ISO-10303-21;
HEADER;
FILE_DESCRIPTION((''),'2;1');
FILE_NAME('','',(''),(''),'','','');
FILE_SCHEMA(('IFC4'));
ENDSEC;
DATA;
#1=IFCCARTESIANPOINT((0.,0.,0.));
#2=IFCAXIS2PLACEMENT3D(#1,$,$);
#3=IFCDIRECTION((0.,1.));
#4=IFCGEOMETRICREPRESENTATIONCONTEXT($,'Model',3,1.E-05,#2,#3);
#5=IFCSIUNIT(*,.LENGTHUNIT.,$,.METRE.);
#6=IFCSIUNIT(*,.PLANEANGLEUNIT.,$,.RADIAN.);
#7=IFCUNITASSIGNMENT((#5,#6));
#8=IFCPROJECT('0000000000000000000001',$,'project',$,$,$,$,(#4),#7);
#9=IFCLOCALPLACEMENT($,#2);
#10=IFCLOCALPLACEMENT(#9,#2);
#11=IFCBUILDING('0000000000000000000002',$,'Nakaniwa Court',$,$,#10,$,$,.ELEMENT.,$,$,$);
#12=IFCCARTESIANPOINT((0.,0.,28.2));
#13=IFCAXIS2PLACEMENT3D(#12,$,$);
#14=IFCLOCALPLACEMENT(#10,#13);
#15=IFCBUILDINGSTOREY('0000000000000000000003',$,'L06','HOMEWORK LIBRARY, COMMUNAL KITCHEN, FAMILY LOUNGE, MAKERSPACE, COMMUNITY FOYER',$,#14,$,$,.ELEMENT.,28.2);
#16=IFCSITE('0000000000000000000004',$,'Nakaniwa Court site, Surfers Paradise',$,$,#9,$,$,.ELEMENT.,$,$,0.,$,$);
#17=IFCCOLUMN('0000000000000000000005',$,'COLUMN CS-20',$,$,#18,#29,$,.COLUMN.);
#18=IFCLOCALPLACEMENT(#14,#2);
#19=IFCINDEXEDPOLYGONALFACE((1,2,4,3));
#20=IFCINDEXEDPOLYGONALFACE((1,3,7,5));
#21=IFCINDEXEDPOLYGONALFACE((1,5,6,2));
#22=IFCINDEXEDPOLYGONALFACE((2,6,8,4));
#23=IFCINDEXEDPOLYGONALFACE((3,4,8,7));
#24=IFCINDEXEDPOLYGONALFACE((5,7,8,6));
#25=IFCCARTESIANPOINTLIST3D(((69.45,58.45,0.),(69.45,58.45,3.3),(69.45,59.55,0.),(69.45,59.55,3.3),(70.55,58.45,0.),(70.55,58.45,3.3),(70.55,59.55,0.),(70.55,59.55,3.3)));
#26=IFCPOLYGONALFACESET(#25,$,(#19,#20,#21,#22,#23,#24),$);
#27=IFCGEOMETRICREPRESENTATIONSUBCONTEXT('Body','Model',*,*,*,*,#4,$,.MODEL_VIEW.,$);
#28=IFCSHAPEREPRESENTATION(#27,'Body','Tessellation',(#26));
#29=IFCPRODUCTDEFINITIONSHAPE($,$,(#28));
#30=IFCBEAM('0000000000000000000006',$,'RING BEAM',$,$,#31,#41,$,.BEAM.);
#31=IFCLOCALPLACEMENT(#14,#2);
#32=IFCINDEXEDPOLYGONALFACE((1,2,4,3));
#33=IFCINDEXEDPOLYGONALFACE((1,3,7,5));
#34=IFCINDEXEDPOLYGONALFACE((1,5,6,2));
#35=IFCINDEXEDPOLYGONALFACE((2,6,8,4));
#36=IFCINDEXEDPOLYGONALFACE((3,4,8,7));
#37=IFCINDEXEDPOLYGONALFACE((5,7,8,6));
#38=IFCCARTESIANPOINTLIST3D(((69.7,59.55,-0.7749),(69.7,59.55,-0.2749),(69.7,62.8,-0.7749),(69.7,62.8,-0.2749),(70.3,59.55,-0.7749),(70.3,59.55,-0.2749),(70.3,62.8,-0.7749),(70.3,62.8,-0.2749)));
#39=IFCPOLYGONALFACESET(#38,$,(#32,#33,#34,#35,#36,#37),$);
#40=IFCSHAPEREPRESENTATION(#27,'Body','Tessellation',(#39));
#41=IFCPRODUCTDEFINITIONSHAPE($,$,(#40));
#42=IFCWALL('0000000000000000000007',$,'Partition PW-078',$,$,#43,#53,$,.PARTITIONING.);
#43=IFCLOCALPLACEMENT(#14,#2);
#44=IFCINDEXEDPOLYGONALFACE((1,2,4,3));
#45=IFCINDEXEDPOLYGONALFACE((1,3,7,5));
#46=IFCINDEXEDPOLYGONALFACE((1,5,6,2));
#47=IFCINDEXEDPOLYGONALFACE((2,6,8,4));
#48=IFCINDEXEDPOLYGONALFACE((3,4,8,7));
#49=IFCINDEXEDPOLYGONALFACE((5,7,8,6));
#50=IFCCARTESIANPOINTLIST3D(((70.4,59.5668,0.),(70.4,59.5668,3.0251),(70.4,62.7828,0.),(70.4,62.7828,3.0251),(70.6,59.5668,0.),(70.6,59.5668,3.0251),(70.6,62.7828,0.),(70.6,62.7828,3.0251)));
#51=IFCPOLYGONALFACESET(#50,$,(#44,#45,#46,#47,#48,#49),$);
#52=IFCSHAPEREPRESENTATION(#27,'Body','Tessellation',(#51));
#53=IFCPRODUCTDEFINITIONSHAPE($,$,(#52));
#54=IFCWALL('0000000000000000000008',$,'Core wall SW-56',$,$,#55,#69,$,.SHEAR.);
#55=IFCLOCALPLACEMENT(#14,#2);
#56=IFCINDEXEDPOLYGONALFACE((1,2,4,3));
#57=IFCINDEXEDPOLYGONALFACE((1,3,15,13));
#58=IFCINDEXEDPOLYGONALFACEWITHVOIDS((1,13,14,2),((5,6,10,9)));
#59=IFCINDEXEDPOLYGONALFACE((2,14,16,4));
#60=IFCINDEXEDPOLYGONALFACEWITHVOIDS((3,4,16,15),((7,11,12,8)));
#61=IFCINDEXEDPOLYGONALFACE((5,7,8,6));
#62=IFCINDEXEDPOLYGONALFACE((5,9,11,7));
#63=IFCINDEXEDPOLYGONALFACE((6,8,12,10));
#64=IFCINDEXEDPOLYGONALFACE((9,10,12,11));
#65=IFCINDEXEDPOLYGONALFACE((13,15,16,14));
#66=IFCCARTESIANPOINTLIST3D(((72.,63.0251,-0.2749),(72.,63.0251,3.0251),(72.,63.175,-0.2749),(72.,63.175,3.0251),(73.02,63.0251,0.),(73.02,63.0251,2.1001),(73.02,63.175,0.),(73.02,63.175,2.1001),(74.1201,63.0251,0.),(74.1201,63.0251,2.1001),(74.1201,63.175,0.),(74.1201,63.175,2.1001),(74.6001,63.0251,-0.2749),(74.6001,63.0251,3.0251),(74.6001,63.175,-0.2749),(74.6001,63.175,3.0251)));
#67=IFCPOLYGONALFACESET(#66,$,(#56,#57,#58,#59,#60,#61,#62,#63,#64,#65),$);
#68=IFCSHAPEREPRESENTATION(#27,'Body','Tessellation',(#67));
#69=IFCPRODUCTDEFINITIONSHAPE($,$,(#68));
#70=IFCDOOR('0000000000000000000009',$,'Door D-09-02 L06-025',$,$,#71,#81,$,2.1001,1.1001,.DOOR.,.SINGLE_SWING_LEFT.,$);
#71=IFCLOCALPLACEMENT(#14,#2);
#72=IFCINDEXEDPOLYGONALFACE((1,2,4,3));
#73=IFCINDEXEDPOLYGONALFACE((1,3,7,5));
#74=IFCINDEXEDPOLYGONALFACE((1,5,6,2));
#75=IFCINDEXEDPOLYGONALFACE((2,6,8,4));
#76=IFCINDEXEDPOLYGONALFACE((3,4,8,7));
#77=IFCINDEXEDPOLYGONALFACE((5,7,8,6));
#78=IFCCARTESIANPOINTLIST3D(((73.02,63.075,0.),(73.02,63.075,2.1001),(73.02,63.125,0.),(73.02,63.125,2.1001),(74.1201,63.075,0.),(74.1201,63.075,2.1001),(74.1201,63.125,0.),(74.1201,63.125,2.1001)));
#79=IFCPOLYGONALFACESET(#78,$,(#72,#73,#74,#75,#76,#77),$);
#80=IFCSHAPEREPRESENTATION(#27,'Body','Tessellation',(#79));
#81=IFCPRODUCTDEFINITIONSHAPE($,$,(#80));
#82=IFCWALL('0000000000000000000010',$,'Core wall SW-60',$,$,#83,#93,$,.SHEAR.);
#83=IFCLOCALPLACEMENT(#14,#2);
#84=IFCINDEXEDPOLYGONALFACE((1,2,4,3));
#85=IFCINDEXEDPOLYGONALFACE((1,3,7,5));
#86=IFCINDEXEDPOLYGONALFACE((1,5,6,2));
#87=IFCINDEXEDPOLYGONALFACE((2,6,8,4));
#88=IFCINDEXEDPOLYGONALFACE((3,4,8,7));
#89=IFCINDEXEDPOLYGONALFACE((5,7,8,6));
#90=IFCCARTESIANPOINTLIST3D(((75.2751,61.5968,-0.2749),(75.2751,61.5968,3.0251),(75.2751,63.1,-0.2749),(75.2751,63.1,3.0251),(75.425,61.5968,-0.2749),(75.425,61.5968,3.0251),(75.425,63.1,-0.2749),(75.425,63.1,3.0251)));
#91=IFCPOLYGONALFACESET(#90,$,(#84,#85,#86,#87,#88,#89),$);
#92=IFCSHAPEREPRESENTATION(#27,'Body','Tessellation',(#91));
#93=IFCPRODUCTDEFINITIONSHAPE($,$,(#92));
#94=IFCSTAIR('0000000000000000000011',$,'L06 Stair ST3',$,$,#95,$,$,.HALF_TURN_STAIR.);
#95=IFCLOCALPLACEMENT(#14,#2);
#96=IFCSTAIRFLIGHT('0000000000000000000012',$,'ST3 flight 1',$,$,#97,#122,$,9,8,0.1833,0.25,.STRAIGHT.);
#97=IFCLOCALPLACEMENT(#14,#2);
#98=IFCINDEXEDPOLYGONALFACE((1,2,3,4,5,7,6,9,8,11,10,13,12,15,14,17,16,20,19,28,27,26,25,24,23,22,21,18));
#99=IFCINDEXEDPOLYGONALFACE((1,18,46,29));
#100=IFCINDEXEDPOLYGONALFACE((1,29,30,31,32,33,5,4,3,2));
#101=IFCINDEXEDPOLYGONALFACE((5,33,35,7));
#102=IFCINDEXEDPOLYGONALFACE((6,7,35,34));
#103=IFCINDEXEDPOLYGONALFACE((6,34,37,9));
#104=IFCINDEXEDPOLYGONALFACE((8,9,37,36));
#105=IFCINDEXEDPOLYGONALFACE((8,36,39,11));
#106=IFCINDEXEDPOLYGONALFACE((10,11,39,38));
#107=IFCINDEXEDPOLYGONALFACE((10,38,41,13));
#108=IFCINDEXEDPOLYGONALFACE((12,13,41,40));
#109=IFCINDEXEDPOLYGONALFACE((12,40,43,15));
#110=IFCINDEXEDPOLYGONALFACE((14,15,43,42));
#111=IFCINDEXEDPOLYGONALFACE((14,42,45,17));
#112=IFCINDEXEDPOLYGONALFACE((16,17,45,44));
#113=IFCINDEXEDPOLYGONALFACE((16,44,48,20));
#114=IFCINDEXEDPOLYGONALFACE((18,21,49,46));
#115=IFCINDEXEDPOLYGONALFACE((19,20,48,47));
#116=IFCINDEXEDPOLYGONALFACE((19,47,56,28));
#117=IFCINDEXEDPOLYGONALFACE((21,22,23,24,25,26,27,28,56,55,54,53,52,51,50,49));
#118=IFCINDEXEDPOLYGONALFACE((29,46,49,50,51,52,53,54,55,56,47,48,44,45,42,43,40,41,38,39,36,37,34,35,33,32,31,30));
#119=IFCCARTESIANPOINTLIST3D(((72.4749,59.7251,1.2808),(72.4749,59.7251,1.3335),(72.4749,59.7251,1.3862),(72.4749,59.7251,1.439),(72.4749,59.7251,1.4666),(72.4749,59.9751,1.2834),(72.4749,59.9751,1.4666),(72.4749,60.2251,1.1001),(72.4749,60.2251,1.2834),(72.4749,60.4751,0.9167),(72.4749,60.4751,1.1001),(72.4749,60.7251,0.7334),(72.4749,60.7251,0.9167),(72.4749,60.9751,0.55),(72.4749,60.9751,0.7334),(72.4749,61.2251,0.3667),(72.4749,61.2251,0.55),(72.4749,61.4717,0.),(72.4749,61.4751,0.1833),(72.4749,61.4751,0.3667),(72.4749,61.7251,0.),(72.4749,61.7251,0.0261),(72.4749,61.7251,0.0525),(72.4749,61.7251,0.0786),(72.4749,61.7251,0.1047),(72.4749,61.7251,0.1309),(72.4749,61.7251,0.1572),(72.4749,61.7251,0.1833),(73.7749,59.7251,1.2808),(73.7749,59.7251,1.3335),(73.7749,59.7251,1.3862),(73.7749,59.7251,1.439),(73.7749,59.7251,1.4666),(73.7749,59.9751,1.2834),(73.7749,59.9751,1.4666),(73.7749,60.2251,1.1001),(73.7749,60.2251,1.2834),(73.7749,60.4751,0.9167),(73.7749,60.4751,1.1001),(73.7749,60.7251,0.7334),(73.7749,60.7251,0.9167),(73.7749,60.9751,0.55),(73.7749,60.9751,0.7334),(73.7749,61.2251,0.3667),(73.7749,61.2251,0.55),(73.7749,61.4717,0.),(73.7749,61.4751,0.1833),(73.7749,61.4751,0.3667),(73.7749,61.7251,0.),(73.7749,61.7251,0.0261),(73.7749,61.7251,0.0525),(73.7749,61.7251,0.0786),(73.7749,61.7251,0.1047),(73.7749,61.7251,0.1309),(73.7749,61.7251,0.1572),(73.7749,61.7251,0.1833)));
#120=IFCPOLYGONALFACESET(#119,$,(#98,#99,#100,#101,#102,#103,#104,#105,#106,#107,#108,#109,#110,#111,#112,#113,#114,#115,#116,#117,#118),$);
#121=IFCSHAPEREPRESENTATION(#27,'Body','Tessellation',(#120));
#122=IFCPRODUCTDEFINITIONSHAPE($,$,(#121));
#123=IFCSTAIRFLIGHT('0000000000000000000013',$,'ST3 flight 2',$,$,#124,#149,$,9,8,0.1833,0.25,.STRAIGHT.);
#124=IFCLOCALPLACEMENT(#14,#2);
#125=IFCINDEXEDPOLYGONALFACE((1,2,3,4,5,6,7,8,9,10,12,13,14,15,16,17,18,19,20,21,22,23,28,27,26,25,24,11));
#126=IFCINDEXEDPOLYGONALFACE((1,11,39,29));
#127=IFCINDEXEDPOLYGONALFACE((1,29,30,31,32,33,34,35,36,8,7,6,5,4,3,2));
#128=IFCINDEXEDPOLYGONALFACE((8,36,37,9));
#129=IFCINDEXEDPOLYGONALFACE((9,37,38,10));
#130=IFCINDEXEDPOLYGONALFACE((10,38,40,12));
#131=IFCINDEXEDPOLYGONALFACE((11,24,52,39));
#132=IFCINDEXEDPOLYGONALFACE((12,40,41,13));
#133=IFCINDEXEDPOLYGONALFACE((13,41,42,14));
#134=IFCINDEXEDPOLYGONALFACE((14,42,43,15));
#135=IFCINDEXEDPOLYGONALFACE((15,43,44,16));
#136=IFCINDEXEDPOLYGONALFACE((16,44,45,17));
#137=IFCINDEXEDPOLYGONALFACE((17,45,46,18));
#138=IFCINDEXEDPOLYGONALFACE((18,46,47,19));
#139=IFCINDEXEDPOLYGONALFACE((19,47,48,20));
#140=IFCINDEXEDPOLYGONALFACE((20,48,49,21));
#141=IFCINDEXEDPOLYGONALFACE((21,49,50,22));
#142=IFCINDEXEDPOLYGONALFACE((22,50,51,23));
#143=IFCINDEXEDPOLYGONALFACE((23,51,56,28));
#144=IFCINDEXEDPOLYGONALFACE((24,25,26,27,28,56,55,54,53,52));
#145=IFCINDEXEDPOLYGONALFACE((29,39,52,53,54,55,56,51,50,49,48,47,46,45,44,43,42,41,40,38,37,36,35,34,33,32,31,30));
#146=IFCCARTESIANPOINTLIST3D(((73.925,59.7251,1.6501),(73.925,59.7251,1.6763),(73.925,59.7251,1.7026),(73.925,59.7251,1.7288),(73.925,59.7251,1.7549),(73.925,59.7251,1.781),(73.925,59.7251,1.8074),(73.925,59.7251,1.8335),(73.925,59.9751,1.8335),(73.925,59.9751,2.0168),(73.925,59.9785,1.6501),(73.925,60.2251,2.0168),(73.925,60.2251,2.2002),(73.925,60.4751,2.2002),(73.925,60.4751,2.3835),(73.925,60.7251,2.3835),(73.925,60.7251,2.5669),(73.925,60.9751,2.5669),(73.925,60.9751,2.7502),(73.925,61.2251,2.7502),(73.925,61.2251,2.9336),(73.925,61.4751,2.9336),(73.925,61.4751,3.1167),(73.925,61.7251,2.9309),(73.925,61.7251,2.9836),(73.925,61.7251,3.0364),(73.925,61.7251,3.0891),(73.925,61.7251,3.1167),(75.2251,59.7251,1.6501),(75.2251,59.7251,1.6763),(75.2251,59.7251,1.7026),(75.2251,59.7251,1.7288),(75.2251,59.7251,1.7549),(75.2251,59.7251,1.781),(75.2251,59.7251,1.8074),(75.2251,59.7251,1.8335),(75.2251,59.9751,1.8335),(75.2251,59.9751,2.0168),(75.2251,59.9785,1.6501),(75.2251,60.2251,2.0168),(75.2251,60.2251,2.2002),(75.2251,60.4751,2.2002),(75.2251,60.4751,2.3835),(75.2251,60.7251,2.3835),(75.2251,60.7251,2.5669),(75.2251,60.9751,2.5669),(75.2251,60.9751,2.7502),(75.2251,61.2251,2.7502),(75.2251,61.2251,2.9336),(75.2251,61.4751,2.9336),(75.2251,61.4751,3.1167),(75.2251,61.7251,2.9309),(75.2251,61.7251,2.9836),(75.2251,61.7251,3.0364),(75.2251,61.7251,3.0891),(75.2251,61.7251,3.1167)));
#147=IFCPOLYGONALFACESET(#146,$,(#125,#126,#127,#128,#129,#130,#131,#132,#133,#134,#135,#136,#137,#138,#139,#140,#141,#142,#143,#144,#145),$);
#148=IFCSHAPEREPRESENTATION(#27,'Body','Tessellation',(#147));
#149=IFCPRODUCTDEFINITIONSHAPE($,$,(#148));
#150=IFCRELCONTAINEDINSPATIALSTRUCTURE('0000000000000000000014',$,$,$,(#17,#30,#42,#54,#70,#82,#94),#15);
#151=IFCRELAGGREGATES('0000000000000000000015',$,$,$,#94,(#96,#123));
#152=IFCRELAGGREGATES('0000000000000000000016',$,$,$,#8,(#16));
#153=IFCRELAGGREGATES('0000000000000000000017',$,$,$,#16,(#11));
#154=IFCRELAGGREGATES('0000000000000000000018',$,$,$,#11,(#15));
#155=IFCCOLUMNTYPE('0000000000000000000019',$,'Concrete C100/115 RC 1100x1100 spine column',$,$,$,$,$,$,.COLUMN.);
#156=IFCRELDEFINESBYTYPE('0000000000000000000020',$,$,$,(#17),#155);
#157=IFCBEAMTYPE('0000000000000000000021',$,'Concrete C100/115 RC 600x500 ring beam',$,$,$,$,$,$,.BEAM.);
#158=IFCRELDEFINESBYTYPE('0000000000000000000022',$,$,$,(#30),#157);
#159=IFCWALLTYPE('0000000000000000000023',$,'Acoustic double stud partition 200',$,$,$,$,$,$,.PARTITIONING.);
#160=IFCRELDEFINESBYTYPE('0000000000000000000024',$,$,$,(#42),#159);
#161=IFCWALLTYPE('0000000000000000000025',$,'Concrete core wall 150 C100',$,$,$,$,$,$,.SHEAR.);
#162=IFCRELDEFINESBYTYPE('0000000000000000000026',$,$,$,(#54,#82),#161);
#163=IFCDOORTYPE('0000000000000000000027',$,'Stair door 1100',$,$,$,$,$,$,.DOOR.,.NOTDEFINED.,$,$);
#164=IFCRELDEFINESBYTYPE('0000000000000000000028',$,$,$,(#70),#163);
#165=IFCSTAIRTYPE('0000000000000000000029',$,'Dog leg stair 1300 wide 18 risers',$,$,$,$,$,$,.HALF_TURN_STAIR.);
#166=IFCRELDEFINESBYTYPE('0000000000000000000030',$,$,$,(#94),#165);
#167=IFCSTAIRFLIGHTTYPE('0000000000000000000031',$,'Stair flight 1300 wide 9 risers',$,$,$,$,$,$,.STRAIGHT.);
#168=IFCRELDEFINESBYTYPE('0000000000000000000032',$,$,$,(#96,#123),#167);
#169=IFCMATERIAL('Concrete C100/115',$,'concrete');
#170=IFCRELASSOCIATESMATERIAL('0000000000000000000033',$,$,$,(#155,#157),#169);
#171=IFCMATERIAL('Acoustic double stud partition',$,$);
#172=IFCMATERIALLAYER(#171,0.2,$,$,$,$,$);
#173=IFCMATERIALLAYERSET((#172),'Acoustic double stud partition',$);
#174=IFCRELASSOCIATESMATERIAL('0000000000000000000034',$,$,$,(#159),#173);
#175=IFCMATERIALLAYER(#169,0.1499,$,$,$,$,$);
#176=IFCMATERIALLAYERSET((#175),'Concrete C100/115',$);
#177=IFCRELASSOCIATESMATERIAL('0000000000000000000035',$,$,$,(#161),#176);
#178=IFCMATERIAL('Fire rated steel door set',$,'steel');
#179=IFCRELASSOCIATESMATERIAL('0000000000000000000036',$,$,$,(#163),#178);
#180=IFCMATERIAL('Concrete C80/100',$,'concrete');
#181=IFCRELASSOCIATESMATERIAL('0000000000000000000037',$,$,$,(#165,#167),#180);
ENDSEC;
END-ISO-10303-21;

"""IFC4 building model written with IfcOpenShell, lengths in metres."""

from ifc_helpers import new_model, si_unit, direction, frame, frame_2d, origin, origin_2d, place, context, subcontext, project, spatial, polyline, rectangle, outline, extrude, material, layer, layer_set, material_profile, profile_set, type_object, element, fill, aggregate, save


model = new_model("IFC4")

# Units and contexts
model_context = context("Model", 3, precision=1e-05, world=origin(), true_north=direction((0.0, 1.0)))
body_context = subcontext(model_context, "Body", "Model", "MODEL_VIEW")
ifc_project = project(units=[si_unit("LENGTHUNIT", "METRE"), si_unit("PLANEANGLEUNIT", "RADIAN")], contexts=[model_context])

# Site, building, storey
site_placement = place(None, origin())
site = spatial("IfcSite", under=ifc_project, at=site_placement, Name="Nakaniwa Court site, Surfers Paradise", CompositionType="ELEMENT", RefElevation=0.0)
building_placement = place(site_placement, origin())
building = spatial("IfcBuilding", under=site, at=building_placement, Name="Nakaniwa Court", CompositionType="ELEMENT")
storey_placement = place(building_placement, frame((0.0, 0.0, 28.2)))
storey = spatial("IfcBuildingStorey", under=building, at=storey_placement, Name="L06", Description="HOMEWORK LIBRARY, COMMUNAL KITCHEN, FAMILY LOUNGE, MAKERSPACE, COMMUNITY FOYER", CompositionType="ELEMENT", Elevation=28.2)

# Column
ifc_material_1 = material(Name="Concrete C100/115", Category="concrete")
ifc_material_profile_1 = material_profile(ifc_material_1, rectangle(XDim=1.1001, YDim=1.1001, at=origin_2d()), Name="Concrete C100/115 RC 1100x1100 spine column")
ifc_profile_set_1 = profile_set([ifc_material_profile_1], Name="Concrete C100/115")
column_type = type_object("IfcColumnType", Name="Concrete C100/115 RC 1100x1100 spine column", PredefinedType="COLUMN", material=ifc_profile_set_1)
column_placement = place(storey_placement, frame((70.0, 59.0, 0.0), z_axis=(0.0, 0.0, 1.0), x_axis=(0.0, -1.0, 0.0)))
element("IfcColumn", 1, at=column_placement, inside=storey, type_object=column_type, Name="COLUMN CS-20", PredefinedType="COLUMN", context=body_context, shape_type="SweptSolid", body=[
    extrude(rectangle(XDim=1.1001, YDim=1.1001, at=origin_2d()), origin(), (0.0, 0.0, 1.0), 3.3),
])

# Beam
ifc_material_profile_2 = material_profile(ifc_material_1, rectangle(XDim=0.6001, YDim=0.5, at=origin_2d()), Name="Concrete C100/115 RC 600x500 ring beam")
ifc_profile_set_2 = profile_set([ifc_material_profile_2], Name="Concrete C100/115")
beam_type = type_object("IfcBeamType", Name="Concrete C100/115 RC 600x500 ring beam", PredefinedType="BEAM", material=ifc_profile_set_2)
beam_placement = place(storey_placement, frame((70.0, 62.8, -0.5249), z_axis=(0.0, -1.0, 0.0), x_axis=(1.0, 0.0, 0.0)))
element("IfcBeam", 2, at=beam_placement, inside=storey, type_object=beam_type, Name="RING BEAM", PredefinedType="BEAM", context=body_context, shape_type="SweptSolid", body=[
    extrude(rectangle(XDim=0.6001, YDim=0.5, at=origin_2d()), origin(), (0.0, 0.0, 1.0), 3.25),
])

# Wall
ifc_material_2 = material(Name="Acoustic double stud partition")
ifc_layer_1 = layer(ifc_material_2, 0.2)
ifc_layer_set_1 = layer_set([ifc_layer_1], Name="Acoustic double stud partition")
wall_type_1 = type_object("IfcWallType", Name="Acoustic double stud partition 200", PredefinedType="PARTITIONING", material=ifc_layer_set_1)
wall_1_placement = place(storey_placement, frame((70.5, 59.5669, 0.0), z_axis=(0.0, 0.0, 1.0), x_axis=(0.0, 1.0, 0.0)))
element("IfcWall", 3, at=wall_1_placement, inside=storey, type_object=wall_type_1, Name="Partition PW-078", PredefinedType="PARTITIONING", context=body_context, shape_type="SweptSolid", body=[
    extrude(rectangle(XDim=3.2161, YDim=0.2, at=frame_2d((1.6079, 0.0))), origin(), (0.0, 0.0, 1.0), 3.0251),
])

# Wall, opening, door
ifc_layer_2 = layer(ifc_material_1, 0.1499)
ifc_layer_set_2 = layer_set([ifc_layer_2], Name="Concrete C100/115")
wall_type_2 = type_object("IfcWallType", Name="Concrete core wall 150 C100", PredefinedType="SHEAR", material=ifc_layer_set_2)
wall_2_placement = place(storey_placement, frame((72.0, 63.1001, -0.2749), z_axis=(0.0, 0.0, 1.0), x_axis=(1.0, 0.0, 0.0)))
wall_2 = element("IfcWall", 4, at=wall_2_placement, inside=storey, type_object=wall_type_2, Name="Core wall SW-56", PredefinedType="SHEAR", context=body_context, shape_type="SweptSolid", body=[
    extrude(rectangle(XDim=2.6001, YDim=0.1499, at=frame_2d((1.3, 0.0))), origin(), (0.0, 0.0, 1.0), 3.3),
])
opening_placement = place(wall_2_placement, frame((1.02, 0.0, 0.2749)))
opening = element("IfcOpeningElement", 5, at=opening_placement, cuts=wall_2, PredefinedType="OPENING", context=body_context, shape_type="SweptSolid", body=[
    extrude(rectangle(XDim=1.1001, YDim=2.1001, at=frame_2d((0.55, 1.05))), frame((0.0, 0.085, 0.0), z_axis=(0.0, -1.0, 0.0), x_axis=(1.0, 0.0, 0.0)), (0.0, 0.0, 1.0), 0.1699),
])
ifc_material_3 = material(Name="Fire rated steel door set", Category="steel")
door_type = type_object("IfcDoorType", Name="Stair door 1100", OperationType="NOTDEFINED", PredefinedType="DOOR", material=ifc_material_3)
door_placement = place(opening_placement, origin())
door = element("IfcDoor", 6, at=door_placement, inside=storey, type_object=door_type, Name="Door D-09-02 L06-025", OperationType="SINGLE_SWING_LEFT", OverallHeight=2.1001, OverallWidth=1.1001, PredefinedType="DOOR", context=body_context, shape_type="SweptSolid", body=[
    extrude(rectangle(XDim=1.1001, YDim=2.1001, at=frame_2d((0.55, 1.05))), frame((0.0, 0.0249, 0.0), z_axis=(0.0, -1.0, 0.0), x_axis=(1.0, 0.0, 0.0)), (0.0, 0.0, 1.0), 0.05),
])
fill(opening, door)

# Wall
wall_3_placement = place(storey_placement, frame((75.3501, 61.5969, -0.2749), z_axis=(0.0, 0.0, 1.0), x_axis=(0.0, 1.0, 0.0)))
element("IfcWall", 7, at=wall_3_placement, inside=storey, type_object=wall_type_2, Name="Core wall SW-60", PredefinedType="SHEAR", context=body_context, shape_type="SweptSolid", body=[
    extrude(rectangle(XDim=1.5032, YDim=0.1499, at=frame_2d((0.7515, 0.0))), origin(), (0.0, 0.0, 1.0), 3.3),
])

# Stair, stair flights
ifc_material_4 = material(Name="Concrete C80/100", Category="concrete")
stair_type = type_object("IfcStairType", Name="Dog leg stair 1300 wide 18 risers", PredefinedType="HALF_TURN_STAIR", material=ifc_material_4)
stair_placement = place(storey_placement, origin())
stair = element("IfcStair", 8, at=stair_placement, inside=storey, type_object=stair_type, Name="L06 Stair ST3", PredefinedType="HALF_TURN_STAIR")
stair_flight_type = type_object("IfcStairFlightType", Name="Stair flight 1300 wide 9 risers", PredefinedType="STRAIGHT", material=ifc_material_4)
stair_flight_1_placement = place(storey_placement, frame((73.125, 61.7251, 0.0), z_axis=(0.0, 0.0, 1.0), x_axis=(0.0, -1.0, 0.0)))
stair_flight_1 = element("IfcStairFlight", 9, at=stair_flight_1_placement, type_object=stair_flight_type, Name="ST3 flight 1", NumberOfRisers=9, NumberOfTreads=8, PredefinedType="STRAIGHT", RiserHeight=0.1833, TreadLength=0.25, context=body_context, shape_type="SweptSolid", body=[
    extrude(outline(polyline([(0.0, 0.0), (0.0, 0.0261), (0.0, 0.0525), (0.0, 0.0786), (0.0, 0.1047), (0.0, 0.1309), (0.0, 0.1572), (0.0, 0.1833), (0.25, 0.1833), (0.25, 0.3667), (0.5, 0.3667), (0.5, 0.55), (0.75, 0.55), (0.75, 0.7334), (1.0, 0.7334), (1.0, 0.9167), (1.25, 0.9167), (1.25, 1.1001), (1.5, 1.1001), (1.5, 1.2834), (1.75, 1.2834), (1.75, 1.4666), (2.0, 1.4666), (2.0, 1.6499), (2.0, 1.5972), (2.0, 1.5444), (2.0, 1.4917), (2.0, 1.439), (2.0, 1.3862), (2.0, 1.3335), (2.0, 1.2808), (0.2534, 0.0), (0.0, 0.0)])), frame((0.0, 0.6499, 0.0), z_axis=(0.0, -1.0, 0.0), x_axis=(1.0, 0.0, 0.0)), (0.0, 0.0, 1.0), 1.3),
])
stair_flight_2_placement = place(storey_placement, frame((74.575, 59.7251, 1.6501), z_axis=(0.0, 0.0, 1.0), x_axis=(0.0, 1.0, 0.0)))
stair_flight_2 = element("IfcStairFlight", 10, at=stair_flight_2_placement, type_object=stair_flight_type, Name="ST3 flight 2", NumberOfRisers=9, NumberOfTreads=8, PredefinedType="STRAIGHT", RiserHeight=0.1833, TreadLength=0.25, context=body_context, shape_type="SweptSolid", body=[
    extrude(outline(polyline([(0.0, 0.0), (0.0, 0.0261), (0.0, 0.0525), (0.0, 0.0786), (0.0, 0.1047), (0.0, 0.1309), (0.0, 0.1572), (0.0, 0.1833), (0.25, 0.1833), (0.25, 0.3667), (0.5, 0.3667), (0.5, 0.55), (0.75, 0.55), (0.75, 0.7334), (1.0, 0.7334), (1.0, 0.9167), (1.25, 0.9167), (1.25, 1.1001), (1.5, 1.1001), (1.5, 1.2834), (1.75, 1.2834), (1.75, 1.4666), (2.0, 1.4666), (2.0, 1.6499), (2.0, 1.5972), (2.0, 1.5444), (2.0, 1.4917), (2.0, 1.439), (2.0, 1.3862), (2.0, 1.3335), (2.0, 1.2808), (0.2534, 0.0), (0.0, 0.0)])), frame((0.0, 0.6499, 0.0), z_axis=(0.0, -1.0, 0.0), x_axis=(1.0, 0.0, 0.0)), (0.0, 0.0, 1.0), 1.3),
])
aggregate(stair, [stair_flight_1, stair_flight_2])

save(model, "model.ifc")
